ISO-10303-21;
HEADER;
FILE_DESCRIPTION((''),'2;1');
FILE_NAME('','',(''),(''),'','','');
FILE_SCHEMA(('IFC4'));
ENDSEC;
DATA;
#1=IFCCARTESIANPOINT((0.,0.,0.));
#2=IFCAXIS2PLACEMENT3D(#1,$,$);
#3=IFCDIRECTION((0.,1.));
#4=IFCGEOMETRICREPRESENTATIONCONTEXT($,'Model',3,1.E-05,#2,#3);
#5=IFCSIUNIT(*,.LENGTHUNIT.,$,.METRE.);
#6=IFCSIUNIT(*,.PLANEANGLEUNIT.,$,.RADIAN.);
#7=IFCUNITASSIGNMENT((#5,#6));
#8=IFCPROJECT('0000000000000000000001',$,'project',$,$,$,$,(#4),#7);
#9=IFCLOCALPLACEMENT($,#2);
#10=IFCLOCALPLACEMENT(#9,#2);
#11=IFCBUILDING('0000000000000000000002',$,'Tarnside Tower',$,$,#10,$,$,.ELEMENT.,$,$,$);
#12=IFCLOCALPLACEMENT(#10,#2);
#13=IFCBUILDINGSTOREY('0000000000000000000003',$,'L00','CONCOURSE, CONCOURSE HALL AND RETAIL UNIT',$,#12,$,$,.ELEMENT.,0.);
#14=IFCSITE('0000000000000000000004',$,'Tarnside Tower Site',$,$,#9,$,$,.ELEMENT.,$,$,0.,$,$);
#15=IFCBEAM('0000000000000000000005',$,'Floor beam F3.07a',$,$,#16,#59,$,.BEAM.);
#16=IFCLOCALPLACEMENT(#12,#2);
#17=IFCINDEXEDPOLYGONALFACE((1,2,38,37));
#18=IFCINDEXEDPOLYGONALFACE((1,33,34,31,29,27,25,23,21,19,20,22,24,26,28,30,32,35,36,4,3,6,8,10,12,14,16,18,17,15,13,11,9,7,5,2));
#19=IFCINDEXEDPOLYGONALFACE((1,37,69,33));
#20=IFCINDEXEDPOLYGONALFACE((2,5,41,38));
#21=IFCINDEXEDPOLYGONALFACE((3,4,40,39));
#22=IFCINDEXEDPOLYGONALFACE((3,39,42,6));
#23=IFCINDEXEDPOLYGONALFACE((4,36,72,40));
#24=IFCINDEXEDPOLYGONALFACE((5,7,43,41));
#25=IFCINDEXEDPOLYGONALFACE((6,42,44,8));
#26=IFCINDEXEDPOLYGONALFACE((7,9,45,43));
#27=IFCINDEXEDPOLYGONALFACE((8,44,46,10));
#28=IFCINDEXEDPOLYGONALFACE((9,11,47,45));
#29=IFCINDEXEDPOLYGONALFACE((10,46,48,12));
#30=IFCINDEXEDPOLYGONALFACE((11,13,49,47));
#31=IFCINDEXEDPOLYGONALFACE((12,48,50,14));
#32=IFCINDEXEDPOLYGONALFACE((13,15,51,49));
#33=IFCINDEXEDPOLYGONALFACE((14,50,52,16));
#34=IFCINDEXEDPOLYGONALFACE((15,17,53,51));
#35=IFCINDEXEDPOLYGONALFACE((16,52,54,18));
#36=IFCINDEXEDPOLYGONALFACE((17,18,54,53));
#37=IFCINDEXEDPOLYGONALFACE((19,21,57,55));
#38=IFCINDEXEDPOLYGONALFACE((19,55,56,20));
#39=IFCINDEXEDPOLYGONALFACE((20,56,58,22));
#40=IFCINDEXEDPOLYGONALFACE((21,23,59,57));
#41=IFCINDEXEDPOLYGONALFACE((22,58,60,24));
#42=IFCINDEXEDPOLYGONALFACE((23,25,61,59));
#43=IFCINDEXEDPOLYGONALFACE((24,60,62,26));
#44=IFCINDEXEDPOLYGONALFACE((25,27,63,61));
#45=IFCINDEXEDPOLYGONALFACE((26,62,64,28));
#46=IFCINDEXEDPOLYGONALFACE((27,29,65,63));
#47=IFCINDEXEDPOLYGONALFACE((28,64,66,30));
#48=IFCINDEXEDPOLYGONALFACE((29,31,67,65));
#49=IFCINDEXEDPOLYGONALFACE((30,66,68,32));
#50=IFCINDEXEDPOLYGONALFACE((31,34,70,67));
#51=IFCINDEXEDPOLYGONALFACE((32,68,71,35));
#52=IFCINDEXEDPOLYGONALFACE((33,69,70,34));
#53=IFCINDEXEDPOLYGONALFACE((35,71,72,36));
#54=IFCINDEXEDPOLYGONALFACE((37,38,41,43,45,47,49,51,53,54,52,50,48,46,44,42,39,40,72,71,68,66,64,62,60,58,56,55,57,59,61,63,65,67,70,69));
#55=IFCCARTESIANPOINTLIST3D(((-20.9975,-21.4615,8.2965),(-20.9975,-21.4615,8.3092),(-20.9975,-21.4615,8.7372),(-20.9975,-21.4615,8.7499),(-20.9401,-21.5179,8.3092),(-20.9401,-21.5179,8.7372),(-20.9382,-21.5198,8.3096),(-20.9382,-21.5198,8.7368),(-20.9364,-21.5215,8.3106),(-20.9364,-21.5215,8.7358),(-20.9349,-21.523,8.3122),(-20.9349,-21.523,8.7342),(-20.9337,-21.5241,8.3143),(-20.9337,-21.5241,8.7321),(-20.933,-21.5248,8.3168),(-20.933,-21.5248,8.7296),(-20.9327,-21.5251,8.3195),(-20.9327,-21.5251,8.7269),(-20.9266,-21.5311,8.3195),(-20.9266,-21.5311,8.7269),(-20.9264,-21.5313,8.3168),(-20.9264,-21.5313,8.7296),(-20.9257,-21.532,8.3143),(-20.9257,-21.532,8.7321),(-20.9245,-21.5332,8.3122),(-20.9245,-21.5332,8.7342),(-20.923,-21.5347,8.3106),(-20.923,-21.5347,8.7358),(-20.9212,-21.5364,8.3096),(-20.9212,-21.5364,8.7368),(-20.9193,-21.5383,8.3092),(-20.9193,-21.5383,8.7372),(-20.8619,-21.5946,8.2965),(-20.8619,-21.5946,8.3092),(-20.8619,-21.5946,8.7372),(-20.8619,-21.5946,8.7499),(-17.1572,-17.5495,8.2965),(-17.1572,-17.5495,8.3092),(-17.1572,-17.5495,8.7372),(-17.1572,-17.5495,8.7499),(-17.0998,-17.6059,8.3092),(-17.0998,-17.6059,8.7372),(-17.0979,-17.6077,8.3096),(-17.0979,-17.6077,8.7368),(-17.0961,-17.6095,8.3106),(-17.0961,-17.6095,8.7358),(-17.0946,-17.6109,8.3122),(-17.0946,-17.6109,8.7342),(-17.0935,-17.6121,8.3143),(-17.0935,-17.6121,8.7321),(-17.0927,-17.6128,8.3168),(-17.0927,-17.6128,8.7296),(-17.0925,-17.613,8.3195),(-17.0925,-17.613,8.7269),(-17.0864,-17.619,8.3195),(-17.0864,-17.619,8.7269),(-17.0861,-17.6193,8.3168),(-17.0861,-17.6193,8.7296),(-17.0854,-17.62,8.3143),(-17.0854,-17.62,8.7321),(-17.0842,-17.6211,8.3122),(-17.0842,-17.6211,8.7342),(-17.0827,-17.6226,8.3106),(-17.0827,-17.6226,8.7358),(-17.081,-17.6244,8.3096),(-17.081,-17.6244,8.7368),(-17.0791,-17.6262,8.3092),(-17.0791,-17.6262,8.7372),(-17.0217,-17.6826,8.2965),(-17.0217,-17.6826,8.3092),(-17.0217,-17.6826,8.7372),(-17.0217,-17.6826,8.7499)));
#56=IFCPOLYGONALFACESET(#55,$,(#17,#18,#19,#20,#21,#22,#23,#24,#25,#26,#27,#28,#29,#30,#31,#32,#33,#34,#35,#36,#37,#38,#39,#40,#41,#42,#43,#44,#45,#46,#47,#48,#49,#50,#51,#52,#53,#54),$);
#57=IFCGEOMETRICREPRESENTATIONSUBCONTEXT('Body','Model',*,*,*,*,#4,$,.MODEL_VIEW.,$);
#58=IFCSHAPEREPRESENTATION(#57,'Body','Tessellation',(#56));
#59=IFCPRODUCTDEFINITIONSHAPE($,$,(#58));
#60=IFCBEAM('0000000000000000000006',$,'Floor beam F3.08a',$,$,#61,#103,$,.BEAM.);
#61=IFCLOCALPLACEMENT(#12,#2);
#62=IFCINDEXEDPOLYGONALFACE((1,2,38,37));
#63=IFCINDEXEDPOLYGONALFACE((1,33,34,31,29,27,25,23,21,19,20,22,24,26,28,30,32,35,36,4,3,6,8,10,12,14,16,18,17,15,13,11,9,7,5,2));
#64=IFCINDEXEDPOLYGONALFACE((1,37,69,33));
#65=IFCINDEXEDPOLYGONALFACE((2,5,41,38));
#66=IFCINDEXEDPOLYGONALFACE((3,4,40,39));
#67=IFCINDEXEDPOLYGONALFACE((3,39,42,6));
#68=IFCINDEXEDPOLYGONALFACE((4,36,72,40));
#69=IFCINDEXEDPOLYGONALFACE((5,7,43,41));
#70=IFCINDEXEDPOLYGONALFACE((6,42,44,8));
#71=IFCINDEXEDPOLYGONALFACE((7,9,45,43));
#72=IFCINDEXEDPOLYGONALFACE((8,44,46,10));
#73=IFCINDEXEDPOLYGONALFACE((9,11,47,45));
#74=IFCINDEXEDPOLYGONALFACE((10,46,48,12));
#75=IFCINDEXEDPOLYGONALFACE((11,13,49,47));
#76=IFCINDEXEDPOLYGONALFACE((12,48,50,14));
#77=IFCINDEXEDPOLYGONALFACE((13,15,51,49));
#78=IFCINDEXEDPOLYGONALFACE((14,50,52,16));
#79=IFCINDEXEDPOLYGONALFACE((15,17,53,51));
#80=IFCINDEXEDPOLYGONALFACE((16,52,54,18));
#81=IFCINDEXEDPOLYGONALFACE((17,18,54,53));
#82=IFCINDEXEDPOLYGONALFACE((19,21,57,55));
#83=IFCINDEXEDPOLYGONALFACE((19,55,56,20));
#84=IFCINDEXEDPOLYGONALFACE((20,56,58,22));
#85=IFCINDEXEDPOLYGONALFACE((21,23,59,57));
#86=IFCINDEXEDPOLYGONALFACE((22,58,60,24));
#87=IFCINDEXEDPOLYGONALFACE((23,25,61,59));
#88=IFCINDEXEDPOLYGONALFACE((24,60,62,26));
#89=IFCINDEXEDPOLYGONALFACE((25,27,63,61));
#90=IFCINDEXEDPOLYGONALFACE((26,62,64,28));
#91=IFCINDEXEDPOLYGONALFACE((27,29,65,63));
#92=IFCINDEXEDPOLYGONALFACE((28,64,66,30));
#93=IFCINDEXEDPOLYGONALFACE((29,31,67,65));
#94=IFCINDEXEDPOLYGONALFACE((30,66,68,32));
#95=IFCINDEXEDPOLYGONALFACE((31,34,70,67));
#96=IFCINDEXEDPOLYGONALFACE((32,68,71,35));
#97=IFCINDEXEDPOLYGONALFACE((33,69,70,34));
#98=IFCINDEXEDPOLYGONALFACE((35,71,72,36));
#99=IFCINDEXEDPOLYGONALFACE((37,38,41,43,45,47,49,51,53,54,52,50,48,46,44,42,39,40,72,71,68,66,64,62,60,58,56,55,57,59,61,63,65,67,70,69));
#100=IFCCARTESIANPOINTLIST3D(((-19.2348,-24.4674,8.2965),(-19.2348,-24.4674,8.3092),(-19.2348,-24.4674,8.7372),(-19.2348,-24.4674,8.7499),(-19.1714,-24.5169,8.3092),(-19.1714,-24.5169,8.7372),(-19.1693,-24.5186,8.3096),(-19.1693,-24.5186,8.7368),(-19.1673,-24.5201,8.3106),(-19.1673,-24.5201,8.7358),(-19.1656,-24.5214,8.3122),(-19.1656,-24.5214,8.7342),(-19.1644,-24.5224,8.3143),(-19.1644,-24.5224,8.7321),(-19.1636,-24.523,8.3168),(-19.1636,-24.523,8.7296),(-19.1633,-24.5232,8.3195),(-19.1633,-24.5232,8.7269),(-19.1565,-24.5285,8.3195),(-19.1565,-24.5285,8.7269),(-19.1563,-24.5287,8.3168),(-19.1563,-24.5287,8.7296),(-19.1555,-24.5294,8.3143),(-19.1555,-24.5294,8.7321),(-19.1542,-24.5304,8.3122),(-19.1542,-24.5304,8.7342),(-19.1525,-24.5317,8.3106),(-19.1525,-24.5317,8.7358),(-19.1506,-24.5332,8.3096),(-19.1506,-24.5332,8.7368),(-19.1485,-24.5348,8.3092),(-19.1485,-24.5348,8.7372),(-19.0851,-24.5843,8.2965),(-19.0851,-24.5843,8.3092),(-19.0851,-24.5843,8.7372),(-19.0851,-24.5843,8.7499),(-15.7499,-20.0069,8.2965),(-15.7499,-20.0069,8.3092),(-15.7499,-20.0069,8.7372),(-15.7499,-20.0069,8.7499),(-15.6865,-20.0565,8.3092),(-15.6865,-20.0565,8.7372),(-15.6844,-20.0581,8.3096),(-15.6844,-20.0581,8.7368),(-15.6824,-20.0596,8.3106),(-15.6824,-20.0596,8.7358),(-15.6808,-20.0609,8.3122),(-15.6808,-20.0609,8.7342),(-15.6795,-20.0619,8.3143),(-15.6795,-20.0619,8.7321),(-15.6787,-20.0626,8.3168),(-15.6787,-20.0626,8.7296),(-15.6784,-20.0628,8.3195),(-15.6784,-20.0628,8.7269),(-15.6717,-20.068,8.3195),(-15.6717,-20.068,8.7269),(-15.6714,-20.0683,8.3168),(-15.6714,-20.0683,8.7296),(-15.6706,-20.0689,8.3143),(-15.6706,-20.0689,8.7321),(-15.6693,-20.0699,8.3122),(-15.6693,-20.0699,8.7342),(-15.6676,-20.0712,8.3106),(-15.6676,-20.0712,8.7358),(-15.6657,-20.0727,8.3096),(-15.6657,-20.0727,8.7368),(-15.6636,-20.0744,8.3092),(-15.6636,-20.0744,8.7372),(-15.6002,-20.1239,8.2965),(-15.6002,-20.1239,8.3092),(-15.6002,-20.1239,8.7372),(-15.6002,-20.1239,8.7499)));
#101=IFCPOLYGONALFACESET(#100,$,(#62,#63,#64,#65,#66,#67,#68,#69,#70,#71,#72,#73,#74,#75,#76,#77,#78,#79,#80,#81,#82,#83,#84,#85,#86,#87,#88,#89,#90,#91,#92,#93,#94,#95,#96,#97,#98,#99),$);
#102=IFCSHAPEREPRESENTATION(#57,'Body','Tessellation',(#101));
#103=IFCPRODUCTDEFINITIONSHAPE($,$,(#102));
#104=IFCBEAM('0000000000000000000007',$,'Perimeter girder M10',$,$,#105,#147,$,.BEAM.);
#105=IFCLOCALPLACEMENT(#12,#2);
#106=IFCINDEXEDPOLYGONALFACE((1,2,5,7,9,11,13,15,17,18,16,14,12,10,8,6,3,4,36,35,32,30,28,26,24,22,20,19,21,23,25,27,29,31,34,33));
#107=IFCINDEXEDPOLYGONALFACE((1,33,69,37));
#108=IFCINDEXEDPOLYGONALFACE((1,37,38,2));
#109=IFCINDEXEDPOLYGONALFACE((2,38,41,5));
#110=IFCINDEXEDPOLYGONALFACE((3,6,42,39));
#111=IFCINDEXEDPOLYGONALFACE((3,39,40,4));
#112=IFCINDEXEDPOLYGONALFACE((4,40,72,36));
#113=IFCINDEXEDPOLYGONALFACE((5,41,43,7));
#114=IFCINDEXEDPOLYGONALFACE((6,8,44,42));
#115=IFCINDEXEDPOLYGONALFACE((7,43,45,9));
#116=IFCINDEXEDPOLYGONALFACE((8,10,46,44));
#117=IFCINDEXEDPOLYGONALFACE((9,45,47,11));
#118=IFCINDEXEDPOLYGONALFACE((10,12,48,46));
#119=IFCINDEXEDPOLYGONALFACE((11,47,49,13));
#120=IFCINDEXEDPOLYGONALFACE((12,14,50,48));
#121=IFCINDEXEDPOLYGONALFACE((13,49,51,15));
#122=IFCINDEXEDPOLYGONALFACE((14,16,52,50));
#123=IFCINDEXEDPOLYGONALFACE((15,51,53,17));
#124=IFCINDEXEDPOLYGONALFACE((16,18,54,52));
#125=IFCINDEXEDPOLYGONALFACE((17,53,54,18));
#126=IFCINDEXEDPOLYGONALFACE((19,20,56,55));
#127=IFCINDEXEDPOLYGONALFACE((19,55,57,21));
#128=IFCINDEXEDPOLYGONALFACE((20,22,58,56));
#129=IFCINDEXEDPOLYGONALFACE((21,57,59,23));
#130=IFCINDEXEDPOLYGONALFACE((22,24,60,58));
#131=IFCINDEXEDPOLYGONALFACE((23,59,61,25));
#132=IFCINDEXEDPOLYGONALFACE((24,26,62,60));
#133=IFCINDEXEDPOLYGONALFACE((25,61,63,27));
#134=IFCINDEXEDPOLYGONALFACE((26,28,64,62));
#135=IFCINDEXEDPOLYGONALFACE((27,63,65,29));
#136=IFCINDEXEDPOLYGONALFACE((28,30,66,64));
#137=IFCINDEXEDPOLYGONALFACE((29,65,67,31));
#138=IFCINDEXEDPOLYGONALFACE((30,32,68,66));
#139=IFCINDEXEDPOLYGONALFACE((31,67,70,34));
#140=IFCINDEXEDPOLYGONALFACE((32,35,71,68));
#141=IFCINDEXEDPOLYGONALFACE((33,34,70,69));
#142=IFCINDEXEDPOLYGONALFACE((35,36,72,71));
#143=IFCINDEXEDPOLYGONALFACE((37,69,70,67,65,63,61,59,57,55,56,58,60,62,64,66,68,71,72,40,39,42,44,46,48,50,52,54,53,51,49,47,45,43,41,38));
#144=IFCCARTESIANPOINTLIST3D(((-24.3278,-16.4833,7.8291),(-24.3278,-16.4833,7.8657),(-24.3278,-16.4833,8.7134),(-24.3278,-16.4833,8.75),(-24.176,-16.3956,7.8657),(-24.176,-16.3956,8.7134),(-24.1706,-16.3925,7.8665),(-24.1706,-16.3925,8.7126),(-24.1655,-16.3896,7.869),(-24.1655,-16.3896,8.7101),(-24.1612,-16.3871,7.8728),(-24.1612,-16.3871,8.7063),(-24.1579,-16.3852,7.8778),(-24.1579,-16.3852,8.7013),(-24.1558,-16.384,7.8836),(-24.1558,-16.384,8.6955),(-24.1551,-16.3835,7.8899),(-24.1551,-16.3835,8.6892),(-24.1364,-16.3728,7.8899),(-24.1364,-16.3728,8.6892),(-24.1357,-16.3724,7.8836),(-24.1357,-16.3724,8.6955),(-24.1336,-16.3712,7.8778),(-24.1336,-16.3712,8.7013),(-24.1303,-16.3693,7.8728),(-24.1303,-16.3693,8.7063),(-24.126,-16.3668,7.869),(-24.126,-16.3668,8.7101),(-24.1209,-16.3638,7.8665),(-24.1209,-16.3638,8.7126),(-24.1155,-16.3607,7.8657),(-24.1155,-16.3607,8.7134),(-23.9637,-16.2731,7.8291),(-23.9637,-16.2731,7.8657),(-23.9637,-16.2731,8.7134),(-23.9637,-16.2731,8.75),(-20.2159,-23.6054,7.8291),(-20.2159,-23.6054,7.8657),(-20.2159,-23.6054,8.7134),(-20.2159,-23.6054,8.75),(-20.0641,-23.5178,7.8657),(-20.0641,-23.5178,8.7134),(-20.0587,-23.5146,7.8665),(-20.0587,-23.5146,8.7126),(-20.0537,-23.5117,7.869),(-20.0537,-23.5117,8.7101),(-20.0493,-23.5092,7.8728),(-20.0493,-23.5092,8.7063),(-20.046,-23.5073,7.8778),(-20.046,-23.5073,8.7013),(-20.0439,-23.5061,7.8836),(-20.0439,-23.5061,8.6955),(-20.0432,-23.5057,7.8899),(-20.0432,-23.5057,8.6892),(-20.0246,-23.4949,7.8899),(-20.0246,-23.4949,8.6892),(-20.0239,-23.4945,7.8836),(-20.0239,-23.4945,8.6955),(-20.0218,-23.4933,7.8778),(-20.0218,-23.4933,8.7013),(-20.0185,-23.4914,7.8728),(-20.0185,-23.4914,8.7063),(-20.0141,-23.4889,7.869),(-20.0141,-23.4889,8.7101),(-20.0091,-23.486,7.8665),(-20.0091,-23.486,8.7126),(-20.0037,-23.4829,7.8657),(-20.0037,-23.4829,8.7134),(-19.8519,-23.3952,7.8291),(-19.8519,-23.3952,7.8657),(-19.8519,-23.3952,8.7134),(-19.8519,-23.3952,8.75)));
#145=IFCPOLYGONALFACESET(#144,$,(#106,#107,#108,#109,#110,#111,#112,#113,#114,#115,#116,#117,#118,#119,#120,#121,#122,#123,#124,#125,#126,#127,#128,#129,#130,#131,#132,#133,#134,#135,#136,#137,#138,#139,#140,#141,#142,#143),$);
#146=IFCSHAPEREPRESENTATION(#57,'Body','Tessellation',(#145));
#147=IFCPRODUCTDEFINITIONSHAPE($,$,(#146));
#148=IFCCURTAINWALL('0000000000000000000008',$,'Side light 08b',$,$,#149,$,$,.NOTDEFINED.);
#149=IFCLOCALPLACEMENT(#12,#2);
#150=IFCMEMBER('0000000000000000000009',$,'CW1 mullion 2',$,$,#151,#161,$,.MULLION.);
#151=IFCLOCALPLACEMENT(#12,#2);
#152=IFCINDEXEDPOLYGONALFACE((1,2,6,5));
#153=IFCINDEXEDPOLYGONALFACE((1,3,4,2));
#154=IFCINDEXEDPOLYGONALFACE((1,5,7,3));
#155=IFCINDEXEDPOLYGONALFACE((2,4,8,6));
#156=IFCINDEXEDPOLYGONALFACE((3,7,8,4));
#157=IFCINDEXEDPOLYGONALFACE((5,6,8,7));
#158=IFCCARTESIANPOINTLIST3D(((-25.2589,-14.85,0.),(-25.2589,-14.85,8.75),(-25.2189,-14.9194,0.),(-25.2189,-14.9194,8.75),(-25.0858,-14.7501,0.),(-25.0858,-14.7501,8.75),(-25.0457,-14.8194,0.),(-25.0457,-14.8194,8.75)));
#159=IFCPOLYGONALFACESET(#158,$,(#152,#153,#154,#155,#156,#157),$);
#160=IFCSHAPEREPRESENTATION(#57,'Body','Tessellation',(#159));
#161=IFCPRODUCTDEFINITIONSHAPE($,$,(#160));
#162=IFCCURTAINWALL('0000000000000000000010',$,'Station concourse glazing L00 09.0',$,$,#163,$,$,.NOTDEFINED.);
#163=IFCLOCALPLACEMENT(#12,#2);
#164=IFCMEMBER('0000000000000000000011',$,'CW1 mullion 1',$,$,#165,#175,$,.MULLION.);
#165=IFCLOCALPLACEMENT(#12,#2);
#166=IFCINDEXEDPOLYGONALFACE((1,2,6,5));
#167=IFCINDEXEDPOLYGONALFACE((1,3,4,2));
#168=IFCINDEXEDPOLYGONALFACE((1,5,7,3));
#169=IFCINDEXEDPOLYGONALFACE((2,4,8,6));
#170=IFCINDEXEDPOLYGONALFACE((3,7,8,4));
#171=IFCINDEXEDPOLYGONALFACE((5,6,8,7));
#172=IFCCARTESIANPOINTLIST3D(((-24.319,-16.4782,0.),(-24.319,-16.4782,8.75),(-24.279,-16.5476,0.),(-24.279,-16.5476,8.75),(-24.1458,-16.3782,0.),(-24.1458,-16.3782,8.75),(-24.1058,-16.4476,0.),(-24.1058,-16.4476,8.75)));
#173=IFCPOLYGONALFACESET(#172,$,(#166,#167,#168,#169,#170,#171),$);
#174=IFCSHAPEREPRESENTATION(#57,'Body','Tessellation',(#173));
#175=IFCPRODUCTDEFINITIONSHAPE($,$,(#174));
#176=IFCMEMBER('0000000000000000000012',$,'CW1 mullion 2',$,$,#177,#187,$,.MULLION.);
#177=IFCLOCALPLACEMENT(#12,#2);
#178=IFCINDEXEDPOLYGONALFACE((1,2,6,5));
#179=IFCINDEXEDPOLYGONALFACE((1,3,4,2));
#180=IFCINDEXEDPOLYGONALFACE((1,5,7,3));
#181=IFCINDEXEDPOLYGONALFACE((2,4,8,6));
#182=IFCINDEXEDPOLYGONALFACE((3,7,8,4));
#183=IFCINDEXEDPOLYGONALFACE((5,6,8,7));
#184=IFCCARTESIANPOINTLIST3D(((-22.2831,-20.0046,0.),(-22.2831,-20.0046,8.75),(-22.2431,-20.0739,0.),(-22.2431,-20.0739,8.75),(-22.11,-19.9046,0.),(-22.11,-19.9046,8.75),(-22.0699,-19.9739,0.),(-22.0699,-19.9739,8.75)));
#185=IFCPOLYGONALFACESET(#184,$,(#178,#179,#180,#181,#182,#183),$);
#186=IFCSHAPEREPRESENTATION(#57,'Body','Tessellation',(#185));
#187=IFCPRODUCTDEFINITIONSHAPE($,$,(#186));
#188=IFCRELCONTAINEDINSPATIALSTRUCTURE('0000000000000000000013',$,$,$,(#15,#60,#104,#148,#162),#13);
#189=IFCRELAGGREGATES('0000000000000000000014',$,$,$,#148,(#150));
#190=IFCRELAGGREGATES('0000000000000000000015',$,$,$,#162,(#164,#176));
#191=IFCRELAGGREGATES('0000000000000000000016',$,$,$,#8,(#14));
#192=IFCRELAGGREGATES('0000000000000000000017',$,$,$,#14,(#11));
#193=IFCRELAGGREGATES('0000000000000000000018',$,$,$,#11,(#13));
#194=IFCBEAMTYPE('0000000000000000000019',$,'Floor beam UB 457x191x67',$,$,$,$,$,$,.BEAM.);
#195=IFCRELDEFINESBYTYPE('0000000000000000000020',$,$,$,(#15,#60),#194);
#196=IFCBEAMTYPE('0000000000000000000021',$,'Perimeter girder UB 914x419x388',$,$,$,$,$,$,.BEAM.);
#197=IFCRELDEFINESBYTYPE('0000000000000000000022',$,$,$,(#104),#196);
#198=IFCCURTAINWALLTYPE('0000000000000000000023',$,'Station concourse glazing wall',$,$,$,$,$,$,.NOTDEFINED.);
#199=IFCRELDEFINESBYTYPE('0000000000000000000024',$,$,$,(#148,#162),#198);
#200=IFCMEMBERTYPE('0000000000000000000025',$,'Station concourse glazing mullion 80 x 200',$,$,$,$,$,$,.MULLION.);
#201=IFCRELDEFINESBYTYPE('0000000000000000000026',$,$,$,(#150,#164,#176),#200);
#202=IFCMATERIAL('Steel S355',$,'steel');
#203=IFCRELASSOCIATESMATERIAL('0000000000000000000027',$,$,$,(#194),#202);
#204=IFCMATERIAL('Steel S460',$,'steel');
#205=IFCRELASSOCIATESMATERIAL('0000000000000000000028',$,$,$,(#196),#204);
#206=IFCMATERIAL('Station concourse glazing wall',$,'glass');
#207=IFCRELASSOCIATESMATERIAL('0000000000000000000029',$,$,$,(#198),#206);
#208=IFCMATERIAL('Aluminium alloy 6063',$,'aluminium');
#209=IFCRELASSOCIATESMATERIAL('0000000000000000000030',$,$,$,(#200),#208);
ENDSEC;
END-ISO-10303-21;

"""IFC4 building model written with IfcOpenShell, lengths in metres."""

from ifc_helpers import new_model, si_unit, direction, frame, origin, origin_2d, place, context, subcontext, project, spatial, rectangle, i_section, extrude, material, material_profile, profile_set, type_object, element, aggregate, save


model = new_model("IFC4")

# Units and contexts
model_context = context("Model", 3, precision=1e-05, world=origin(), true_north=direction((0.0, 1.0)))
body_context = subcontext(model_context, "Body", "Model", "MODEL_VIEW")
ifc_project = project(units=[si_unit("LENGTHUNIT", "METRE"), si_unit("PLANEANGLEUNIT", "RADIAN")], contexts=[model_context])

# Site, building, storey
site_placement = place(None, origin())
site = spatial("IfcSite", under=ifc_project, at=site_placement, Name="Tarnside Tower Site", CompositionType="ELEMENT", RefElevation=0.0)
building_placement = place(site_placement, origin())
building = spatial("IfcBuilding", under=site, at=building_placement, Name="Tarnside Tower", CompositionType="ELEMENT")
storey_placement = place(building_placement, origin())
storey = spatial("IfcBuildingStorey", under=building, at=storey_placement, Name="L00", Description="CONCOURSE, CONCOURSE HALL AND RETAIL UNIT", CompositionType="ELEMENT", Elevation=0.0)

# Beams
ifc_material_1 = material(Name="Steel S355", Category="steel")
ifc_material_profile_1 = material_profile(ifc_material_1, i_section(OverallWidth=0.1899, OverallDepth=0.4534, WebThickness=0.0085, FlangeThickness=0.0127, FilletRadius=0.0103, at=origin_2d()), Name="UB 457x191x67")
ifc_profile_set_1 = profile_set([ifc_material_profile_1], Name="Steel S355")
beam_type_1 = type_object("IfcBeamType", Name="Floor beam UB 457x191x67", PredefinedType="BEAM", material=ifc_profile_set_1)
beam_1_placement = place(storey_placement, frame((-20.9297, -21.5281, 8.5232), z_axis=(0.70053, 0.713623, 0.0), x_axis=(-0.713623, 0.70053, 0.0)))
element("IfcBeam", 1, at=beam_1_placement, inside=storey, type_object=beam_type_1, Name="Floor beam F3.07a", PredefinedType="BEAM", context=body_context, shape_type="SweptSolid", body=[
    extrude(i_section(OverallWidth=0.1899, OverallDepth=0.4534, WebThickness=0.0085, FlangeThickness=0.0127, FilletRadius=0.0103, at=origin_2d()), origin(), (0.0, 0.0, 1.0), 5.4819),
])
beam_2_placement = place(storey_placement, frame((-19.1599, -24.5259, 8.5232), z_axis=(0.615659, 0.788013, 0.0), x_axis=(-0.788013, 0.615659, 0.0)))
element("IfcBeam", 2, at=beam_2_placement, inside=storey, type_object=beam_type_1, Name="Floor beam F3.08a", PredefinedType="BEAM", context=body_context, shape_type="SweptSolid", body=[
    extrude(i_section(OverallWidth=0.1899, OverallDepth=0.4534, WebThickness=0.0085, FlangeThickness=0.0127, FilletRadius=0.0103, at=origin_2d()), origin(), (0.0, 0.0, 1.0), 5.6604),
])
ifc_material_2 = material(Name="Steel S460", Category="steel")
ifc_material_profile_2 = material_profile(ifc_material_2, i_section(OverallWidth=0.4204, OverallDepth=0.9209, WebThickness=0.0215, FlangeThickness=0.0366, FilletRadius=0.0242, at=origin_2d()), Name="UB 914x419x388")
ifc_profile_set_2 = profile_set([ifc_material_profile_2], Name="Steel S460")
beam_type_2 = type_object("IfcBeamType", Name="Perimeter girder UB 914x419x388", PredefinedType="BEAM", material=ifc_profile_set_2)
beam_3_placement = place(storey_placement, frame((-24.1458, -16.3782, 8.2896), z_axis=(0.49999, -0.866031, 0.0), x_axis=(0.866031, 0.49999, 0.0)))
element("IfcBeam", 3, at=beam_3_placement, inside=storey, type_object=beam_type_2, Name="Perimeter girder M10", PredefinedType="BEAM", context=body_context, shape_type="SweptSolid", body=[
    extrude(i_section(OverallWidth=0.4204, OverallDepth=0.9209, WebThickness=0.0215, FlangeThickness=0.0366, FilletRadius=0.0242, at=origin_2d()), origin(), (0.0, 0.0, 1.0), 8.2239),
])

# Curtain wall, member
ifc_material_3 = material(Name="Station concourse glazing wall", Category="glass")
curtain_wall_type = type_object("IfcCurtainWallType", Name="Station concourse glazing wall", PredefinedType="NOTDEFINED", material=ifc_material_3)
curtain_wall_1_placement = place(storey_placement, origin())
curtain_wall_1 = element("IfcCurtainWall", 4, at=curtain_wall_1_placement, inside=storey, type_object=curtain_wall_type, Name="Side light 08b", PredefinedType="NOTDEFINED")
ifc_material_4 = material(Name="Aluminium alloy 6063", Category="aluminium")
ifc_material_profile_3 = material_profile(ifc_material_4, rectangle(XDim=0.2, YDim=0.0801, at=origin_2d()), Name="Station concourse glazing mullion 80 x 200")
ifc_profile_set_3 = profile_set([ifc_material_profile_3], Name="Aluminium alloy 6063")
member_type_1 = type_object("IfcMemberType", Name="Station concourse glazing mullion 80 x 200", PredefinedType="MULLION", material=ifc_profile_set_3)
member_1_placement = place(storey_placement, frame((-25.1523, -14.8347, 0.0), z_axis=(0.0, 0.0, 1.0), x_axis=(0.866025, 0.5, 0.0)))
member_1 = element("IfcMember", 5, at=member_1_placement, type_object=member_type_1, Name="CW1 mullion 2", PredefinedType="MULLION", context=body_context, shape_type="SweptSolid", body=[
    extrude(rectangle(XDim=0.2, YDim=0.0801, at=origin_2d()), origin(), (0.0, 0.0, 1.0), 8.75),
])
aggregate(curtain_wall_1, [member_1])

# Curtain wall, members
curtain_wall_2_placement = place(storey_placement, origin())
curtain_wall_2 = element("IfcCurtainWall", 6, at=curtain_wall_2_placement, inside=storey, type_object=curtain_wall_type, Name="Station concourse glazing L00 09.0", PredefinedType="NOTDEFINED")
member_2_placement = place(storey_placement, frame((-24.2124, -16.4629, 0.0), z_axis=(0.0, 0.0, 1.0), x_axis=(0.866025, 0.5, 0.0)))
member_2 = element("IfcMember", 7, at=member_2_placement, type_object=member_type_1, Name="CW1 mullion 1", PredefinedType="MULLION", context=body_context, shape_type="SweptSolid", body=[
    extrude(rectangle(XDim=0.2, YDim=0.0801, at=origin_2d()), origin(), (0.0, 0.0, 1.0), 8.75),
])
member_3_placement = place(storey_placement, frame((-22.1765, -19.9893, 0.0), z_axis=(0.0, 0.0, 1.0), x_axis=(0.866025, 0.5, 0.0)))
member_3 = element("IfcMember", 8, at=member_3_placement, type_object=member_type_1, Name="CW1 mullion 2", PredefinedType="MULLION", context=body_context, shape_type="SweptSolid", body=[
    extrude(rectangle(XDim=0.2, YDim=0.0801, at=origin_2d()), origin(), (0.0, 0.0, 1.0), 8.75),
])

aggregate(curtain_wall_2, [member_2, member_3])

save(model, "model.ifc")
